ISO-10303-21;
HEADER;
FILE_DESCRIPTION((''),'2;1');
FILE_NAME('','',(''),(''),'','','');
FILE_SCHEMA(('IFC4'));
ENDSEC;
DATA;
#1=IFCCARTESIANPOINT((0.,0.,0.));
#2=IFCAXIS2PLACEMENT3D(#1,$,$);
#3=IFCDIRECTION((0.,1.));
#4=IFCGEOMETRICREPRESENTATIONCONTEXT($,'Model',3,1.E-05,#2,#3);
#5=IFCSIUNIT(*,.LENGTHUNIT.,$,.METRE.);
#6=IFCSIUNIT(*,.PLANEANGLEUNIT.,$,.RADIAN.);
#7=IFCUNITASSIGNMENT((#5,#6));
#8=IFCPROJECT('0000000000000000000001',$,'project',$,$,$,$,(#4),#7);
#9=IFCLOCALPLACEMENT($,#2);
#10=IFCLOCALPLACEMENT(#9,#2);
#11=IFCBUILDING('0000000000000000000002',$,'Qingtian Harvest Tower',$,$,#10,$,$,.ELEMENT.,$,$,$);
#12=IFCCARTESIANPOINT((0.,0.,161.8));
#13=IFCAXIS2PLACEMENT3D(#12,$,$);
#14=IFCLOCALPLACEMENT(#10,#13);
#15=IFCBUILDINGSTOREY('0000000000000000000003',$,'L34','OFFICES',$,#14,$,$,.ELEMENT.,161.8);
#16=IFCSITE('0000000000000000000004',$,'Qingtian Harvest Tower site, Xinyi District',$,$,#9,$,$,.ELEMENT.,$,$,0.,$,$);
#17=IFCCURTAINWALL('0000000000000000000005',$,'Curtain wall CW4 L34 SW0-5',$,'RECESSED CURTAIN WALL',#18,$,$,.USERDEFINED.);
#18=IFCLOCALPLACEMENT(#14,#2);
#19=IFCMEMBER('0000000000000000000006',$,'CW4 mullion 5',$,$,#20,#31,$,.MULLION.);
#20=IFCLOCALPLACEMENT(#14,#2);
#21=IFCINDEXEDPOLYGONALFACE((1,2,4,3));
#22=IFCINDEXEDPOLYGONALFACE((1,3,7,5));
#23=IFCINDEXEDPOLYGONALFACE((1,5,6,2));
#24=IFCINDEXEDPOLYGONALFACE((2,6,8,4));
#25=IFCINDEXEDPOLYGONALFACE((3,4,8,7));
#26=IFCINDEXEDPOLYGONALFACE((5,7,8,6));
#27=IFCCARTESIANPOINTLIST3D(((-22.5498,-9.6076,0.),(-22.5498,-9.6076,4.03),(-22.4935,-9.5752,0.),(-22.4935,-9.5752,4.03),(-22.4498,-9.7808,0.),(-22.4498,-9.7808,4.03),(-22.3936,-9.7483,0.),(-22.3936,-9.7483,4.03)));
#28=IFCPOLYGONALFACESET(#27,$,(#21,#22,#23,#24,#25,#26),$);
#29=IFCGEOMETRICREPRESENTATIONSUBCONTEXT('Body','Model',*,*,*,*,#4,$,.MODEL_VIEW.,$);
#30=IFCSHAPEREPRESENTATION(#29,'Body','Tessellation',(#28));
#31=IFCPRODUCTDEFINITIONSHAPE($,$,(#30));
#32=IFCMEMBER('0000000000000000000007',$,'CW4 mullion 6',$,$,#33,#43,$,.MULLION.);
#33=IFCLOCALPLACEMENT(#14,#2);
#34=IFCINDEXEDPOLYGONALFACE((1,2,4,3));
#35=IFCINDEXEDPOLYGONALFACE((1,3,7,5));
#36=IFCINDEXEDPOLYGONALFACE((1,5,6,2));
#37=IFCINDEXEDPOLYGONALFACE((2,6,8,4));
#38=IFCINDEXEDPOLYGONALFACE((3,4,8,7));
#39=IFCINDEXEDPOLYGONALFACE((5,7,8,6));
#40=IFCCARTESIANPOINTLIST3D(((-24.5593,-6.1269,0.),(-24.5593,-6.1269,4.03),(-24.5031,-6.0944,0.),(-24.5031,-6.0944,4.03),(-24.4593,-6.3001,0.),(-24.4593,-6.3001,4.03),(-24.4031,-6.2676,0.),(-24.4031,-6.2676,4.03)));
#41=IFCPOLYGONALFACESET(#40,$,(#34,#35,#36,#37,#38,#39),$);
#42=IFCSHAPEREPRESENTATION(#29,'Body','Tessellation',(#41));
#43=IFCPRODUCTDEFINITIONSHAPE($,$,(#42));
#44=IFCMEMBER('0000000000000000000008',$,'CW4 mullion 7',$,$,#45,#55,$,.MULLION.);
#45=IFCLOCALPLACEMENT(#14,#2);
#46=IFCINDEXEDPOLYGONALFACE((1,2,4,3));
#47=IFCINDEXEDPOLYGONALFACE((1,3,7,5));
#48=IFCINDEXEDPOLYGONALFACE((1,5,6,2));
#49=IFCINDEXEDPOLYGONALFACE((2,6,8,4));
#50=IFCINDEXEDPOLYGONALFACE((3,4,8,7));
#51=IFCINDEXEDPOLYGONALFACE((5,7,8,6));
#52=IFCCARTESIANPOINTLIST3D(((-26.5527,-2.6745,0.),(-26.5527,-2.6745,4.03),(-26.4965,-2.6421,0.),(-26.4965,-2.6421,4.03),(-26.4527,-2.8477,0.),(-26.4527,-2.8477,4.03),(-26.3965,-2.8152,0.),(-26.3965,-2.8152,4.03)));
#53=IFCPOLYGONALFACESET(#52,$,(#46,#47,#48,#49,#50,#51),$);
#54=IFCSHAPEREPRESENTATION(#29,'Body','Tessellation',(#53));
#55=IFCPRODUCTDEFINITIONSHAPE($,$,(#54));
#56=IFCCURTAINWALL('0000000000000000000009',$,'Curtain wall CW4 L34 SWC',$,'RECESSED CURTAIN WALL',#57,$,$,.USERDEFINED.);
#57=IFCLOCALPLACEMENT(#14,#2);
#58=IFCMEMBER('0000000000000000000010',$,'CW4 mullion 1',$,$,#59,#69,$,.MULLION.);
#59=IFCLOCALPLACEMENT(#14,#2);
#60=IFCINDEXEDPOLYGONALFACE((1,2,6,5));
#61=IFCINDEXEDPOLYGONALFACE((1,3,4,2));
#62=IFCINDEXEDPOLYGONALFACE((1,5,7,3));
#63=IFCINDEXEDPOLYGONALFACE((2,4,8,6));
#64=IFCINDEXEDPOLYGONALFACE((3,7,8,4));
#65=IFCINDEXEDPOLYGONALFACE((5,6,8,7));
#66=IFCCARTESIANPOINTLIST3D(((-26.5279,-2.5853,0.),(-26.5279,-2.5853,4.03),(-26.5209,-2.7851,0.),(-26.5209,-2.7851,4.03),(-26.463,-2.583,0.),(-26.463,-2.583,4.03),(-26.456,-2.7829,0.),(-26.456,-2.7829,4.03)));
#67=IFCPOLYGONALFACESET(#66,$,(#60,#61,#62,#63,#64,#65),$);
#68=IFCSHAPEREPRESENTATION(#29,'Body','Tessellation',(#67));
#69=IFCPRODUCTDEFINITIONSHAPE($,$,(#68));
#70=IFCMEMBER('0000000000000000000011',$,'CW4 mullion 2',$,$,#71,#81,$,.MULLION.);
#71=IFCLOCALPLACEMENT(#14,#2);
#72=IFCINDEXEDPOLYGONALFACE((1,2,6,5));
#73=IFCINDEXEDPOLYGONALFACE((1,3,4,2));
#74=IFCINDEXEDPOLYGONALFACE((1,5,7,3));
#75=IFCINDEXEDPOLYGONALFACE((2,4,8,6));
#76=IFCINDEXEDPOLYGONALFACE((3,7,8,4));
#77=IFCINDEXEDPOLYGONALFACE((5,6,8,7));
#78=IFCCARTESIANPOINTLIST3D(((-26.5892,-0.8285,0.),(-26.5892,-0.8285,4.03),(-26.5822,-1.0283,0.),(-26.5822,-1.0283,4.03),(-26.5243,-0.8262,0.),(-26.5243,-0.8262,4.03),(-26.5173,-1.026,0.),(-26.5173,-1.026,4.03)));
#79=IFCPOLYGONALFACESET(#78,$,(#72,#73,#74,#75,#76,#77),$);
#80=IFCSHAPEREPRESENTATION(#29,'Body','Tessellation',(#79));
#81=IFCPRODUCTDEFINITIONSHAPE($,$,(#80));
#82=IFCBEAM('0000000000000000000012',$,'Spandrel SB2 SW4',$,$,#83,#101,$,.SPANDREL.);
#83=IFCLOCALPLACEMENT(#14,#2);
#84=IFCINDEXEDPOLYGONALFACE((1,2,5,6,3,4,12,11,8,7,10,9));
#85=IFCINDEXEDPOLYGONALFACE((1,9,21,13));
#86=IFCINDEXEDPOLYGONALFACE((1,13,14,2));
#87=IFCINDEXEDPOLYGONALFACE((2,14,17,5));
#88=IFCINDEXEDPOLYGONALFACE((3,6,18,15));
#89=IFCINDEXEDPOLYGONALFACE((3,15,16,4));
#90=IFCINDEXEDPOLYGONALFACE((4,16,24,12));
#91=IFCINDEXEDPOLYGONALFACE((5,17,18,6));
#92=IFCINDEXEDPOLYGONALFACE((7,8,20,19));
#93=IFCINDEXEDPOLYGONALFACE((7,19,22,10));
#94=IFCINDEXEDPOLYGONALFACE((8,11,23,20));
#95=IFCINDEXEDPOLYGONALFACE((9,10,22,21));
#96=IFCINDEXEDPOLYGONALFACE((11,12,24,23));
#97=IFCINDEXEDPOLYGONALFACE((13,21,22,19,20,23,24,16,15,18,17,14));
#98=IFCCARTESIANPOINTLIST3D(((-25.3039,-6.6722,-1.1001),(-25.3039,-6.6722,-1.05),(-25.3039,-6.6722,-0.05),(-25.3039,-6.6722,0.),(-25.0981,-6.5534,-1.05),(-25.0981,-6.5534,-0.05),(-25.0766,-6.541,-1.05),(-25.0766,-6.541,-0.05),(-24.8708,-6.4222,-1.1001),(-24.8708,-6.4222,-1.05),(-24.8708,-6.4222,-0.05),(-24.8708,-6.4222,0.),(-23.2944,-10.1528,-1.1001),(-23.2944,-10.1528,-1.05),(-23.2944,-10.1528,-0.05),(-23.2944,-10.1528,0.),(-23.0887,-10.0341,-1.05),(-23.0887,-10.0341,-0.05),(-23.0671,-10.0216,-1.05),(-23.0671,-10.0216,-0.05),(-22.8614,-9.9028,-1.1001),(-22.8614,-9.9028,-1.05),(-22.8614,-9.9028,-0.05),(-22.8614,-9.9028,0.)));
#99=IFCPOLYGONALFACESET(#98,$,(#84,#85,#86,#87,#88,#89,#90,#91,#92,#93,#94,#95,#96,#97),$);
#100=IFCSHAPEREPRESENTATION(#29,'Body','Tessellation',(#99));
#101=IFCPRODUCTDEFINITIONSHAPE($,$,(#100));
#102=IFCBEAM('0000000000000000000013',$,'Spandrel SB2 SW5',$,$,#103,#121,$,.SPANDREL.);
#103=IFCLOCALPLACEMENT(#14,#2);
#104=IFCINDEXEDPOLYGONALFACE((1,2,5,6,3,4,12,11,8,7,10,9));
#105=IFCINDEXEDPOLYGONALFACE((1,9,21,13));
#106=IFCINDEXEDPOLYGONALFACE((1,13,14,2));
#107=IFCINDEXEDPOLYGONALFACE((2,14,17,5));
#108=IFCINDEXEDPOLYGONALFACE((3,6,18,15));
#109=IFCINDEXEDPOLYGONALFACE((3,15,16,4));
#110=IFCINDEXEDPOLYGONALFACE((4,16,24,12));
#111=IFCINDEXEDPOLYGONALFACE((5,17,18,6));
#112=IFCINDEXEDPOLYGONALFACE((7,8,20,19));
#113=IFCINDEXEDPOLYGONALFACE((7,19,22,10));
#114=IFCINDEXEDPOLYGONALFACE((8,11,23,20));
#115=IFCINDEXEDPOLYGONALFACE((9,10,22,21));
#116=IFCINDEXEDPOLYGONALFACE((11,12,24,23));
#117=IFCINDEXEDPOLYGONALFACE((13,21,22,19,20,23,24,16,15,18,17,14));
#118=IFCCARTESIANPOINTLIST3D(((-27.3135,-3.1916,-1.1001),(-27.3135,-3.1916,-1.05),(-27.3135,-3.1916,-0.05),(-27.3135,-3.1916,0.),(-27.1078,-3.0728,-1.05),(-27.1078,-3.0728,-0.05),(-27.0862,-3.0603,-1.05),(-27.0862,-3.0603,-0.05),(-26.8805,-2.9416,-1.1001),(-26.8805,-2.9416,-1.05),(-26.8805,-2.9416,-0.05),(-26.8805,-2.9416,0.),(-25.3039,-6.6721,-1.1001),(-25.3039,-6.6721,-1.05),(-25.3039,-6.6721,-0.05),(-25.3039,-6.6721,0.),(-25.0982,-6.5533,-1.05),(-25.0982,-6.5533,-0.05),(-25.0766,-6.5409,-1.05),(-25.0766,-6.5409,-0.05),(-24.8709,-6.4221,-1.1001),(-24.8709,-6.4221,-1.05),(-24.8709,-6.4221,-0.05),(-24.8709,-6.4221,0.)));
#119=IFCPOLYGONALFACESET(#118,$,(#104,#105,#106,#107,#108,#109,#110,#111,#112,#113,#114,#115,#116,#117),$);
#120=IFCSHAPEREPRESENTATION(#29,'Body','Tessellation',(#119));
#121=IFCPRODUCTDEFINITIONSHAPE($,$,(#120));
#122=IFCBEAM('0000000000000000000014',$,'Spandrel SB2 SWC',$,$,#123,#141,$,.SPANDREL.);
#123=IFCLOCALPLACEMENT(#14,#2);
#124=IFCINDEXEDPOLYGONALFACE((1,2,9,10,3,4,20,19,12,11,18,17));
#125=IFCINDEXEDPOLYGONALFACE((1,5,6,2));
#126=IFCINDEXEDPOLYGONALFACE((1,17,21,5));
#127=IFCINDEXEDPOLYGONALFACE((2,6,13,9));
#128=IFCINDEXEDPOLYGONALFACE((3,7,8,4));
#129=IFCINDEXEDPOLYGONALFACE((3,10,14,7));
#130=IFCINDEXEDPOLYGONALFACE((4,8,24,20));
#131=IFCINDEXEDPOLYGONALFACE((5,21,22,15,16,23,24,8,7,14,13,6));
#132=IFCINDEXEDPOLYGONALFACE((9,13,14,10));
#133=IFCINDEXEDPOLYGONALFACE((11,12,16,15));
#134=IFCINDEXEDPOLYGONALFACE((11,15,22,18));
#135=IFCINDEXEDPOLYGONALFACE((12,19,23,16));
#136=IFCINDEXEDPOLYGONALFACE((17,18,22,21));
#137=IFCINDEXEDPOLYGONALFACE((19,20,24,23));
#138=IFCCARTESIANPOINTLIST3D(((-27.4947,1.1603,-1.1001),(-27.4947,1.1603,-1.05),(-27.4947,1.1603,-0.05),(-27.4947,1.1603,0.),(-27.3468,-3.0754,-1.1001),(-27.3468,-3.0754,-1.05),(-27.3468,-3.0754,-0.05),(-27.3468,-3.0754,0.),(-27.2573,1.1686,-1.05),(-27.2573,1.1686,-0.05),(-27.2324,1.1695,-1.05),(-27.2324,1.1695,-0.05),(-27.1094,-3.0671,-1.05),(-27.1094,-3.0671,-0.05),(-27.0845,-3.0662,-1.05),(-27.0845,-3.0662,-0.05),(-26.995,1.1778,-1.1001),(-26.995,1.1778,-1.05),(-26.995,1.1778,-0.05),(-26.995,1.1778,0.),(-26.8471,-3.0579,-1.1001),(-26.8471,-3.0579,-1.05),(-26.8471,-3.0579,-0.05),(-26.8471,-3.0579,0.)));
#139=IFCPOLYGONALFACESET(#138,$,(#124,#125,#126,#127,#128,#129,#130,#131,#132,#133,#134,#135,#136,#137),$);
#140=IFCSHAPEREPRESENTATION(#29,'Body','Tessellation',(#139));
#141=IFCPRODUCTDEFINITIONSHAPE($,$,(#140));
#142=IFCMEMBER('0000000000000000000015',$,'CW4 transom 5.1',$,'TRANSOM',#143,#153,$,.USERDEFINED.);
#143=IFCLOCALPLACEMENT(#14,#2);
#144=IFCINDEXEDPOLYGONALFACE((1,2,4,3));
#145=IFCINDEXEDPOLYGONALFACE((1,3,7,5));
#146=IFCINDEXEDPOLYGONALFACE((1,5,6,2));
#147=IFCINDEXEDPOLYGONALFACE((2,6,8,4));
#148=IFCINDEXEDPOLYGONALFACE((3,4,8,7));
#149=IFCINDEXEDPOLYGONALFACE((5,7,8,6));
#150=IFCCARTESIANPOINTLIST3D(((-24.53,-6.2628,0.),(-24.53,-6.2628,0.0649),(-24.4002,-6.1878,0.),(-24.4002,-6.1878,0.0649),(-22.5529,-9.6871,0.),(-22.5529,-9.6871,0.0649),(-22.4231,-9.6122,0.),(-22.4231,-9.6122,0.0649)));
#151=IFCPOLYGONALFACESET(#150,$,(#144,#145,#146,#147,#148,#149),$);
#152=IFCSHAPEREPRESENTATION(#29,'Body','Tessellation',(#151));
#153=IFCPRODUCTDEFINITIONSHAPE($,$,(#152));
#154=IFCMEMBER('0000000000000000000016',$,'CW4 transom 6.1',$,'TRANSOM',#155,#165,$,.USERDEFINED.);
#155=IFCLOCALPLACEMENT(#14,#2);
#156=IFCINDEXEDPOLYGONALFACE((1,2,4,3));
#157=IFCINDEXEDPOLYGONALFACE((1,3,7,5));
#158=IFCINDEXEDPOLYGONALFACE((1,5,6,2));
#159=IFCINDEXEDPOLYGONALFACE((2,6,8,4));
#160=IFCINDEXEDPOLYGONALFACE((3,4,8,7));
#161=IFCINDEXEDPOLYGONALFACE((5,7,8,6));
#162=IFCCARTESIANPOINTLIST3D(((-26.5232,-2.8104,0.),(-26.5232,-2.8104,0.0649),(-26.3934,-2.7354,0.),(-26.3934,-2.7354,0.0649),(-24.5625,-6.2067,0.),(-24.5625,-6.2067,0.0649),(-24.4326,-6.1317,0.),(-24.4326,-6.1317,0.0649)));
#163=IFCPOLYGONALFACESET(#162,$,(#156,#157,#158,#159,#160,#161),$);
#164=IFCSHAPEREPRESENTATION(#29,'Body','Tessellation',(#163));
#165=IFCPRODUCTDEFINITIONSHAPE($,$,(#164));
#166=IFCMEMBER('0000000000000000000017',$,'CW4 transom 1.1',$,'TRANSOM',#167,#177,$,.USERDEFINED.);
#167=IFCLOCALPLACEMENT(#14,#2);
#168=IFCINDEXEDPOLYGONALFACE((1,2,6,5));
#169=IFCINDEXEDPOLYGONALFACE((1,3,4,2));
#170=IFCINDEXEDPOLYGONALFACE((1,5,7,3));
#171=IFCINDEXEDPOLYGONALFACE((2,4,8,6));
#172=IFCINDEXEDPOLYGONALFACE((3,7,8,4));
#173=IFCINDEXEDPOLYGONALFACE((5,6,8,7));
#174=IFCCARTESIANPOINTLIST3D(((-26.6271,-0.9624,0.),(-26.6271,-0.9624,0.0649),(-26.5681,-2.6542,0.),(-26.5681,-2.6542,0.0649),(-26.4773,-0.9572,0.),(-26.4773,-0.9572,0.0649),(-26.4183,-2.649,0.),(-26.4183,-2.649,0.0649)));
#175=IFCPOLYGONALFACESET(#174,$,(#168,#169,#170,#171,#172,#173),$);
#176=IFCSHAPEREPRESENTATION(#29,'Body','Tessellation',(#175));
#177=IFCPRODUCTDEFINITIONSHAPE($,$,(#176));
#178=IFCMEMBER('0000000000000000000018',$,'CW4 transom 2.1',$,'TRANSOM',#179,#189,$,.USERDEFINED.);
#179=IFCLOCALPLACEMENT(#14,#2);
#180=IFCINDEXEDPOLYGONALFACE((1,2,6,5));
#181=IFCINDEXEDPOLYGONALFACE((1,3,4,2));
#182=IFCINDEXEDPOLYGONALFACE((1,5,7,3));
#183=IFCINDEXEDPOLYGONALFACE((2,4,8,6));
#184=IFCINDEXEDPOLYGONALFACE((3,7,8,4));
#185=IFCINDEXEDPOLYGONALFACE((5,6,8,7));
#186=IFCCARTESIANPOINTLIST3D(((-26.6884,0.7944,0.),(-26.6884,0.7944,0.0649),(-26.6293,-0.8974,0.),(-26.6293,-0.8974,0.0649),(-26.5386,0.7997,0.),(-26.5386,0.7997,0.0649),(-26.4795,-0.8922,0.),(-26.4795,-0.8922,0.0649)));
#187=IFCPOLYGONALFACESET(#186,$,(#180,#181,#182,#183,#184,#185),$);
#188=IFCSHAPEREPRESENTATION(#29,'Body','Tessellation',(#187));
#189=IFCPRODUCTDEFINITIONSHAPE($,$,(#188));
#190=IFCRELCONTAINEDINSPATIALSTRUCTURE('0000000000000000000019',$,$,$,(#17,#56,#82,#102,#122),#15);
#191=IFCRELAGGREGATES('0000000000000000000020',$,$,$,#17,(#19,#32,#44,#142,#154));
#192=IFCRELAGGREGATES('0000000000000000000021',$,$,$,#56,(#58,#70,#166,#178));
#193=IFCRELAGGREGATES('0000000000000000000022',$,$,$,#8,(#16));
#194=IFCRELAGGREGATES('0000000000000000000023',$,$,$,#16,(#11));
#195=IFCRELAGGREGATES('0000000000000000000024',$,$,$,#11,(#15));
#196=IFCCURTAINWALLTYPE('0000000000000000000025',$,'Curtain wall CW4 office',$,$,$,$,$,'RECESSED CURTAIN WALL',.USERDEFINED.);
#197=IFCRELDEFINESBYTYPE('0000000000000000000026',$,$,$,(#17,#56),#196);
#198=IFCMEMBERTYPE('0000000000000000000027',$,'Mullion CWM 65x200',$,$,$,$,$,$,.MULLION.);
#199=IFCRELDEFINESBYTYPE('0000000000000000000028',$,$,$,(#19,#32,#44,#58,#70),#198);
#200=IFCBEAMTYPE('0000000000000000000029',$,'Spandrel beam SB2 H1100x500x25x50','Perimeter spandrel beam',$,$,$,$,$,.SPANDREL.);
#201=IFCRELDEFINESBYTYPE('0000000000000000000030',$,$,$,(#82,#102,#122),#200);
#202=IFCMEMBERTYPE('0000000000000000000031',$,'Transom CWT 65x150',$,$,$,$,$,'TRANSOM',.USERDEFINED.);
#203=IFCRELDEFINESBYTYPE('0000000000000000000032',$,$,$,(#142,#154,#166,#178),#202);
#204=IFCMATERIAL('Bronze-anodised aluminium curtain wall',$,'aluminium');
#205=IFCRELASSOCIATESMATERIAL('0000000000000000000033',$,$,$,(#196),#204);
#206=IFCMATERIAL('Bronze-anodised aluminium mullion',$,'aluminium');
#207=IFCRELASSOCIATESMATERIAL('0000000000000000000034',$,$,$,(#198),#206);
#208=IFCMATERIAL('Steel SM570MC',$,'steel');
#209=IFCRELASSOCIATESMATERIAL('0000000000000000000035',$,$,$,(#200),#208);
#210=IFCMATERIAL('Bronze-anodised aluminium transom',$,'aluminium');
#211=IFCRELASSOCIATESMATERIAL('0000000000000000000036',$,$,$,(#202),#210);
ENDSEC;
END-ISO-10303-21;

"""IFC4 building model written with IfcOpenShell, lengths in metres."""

from ifc_helpers import new_model, si_unit, direction, frame, origin, origin_2d, place, context, subcontext, project, spatial, rectangle, i_section, extrude, material, material_profile, profile_set, type_object, element, aggregate, save


model = new_model("IFC4")

# Units and contexts
model_context = context("Model", 3, precision=1e-05, world=origin(), true_north=direction((0.0, 1.0)))
body_context = subcontext(model_context, "Body", "Model", "MODEL_VIEW")
ifc_project = project(units=[si_unit("LENGTHUNIT", "METRE"), si_unit("PLANEANGLEUNIT", "RADIAN")], contexts=[model_context])

# Site, building, storey
site_placement = place(None, origin())
site = spatial("IfcSite", under=ifc_project, at=site_placement, Name="Qingtian Harvest Tower site, Xinyi District", CompositionType="ELEMENT", RefElevation=0.0)
building_placement = place(site_placement, origin())
building = spatial("IfcBuilding", under=site, at=building_placement, Name="Qingtian Harvest Tower", CompositionType="ELEMENT")
storey_placement = place(building_placement, frame((0.0, 0.0, 161.8)))
storey = spatial("IfcBuildingStorey", under=building, at=storey_placement, Name="L34", Description="OFFICES", CompositionType="ELEMENT", Elevation=161.8)

# Curtain walls, members
ifc_material_1 = material(Name="Bronze-anodised aluminium curtain wall", Category="aluminium")
curtain_wall_type = type_object("IfcCurtainWallType", Name="Curtain wall CW4 office", ElementType="RECESSED CURTAIN WALL", PredefinedType="USERDEFINED", material=ifc_material_1)
curtain_wall_1_placement = place(storey_placement, origin())
curtain_wall_1 = element("IfcCurtainWall", 1, at=curtain_wall_1_placement, inside=storey, type_object=curtain_wall_type, Name="Curtain wall CW4 L34 SW0-5", ObjectType="RECESSED CURTAIN WALL", PredefinedType="USERDEFINED")
ifc_material_2 = material(Name="Bronze-anodised aluminium mullion", Category="aluminium")
ifc_material_profile_1 = material_profile(ifc_material_2, rectangle(XDim=0.0649, YDim=0.2, at=origin_2d()), Name="AL 65x200")
ifc_profile_set_1 = profile_set([ifc_material_profile_1], Name="Bronze-anodised aluminium mullion")
member_type_1 = type_object("IfcMemberType", Name="Mullion CWM 65x200", PredefinedType="MULLION", material=ifc_profile_set_1)
member_1_placement = place(storey_placement, frame((-22.4717, -9.678, 0.0), z_axis=(0.0, 0.0, 1.0), x_axis=(-0.866025, -0.5, 0.0)))
member_1 = element("IfcMember", 2, at=member_1_placement, type_object=member_type_1, Name="CW4 mullion 5", PredefinedType="MULLION", context=body_context, shape_type="SweptSolid", body=[
    extrude(rectangle(XDim=0.0649, YDim=0.2, at=origin_2d()), origin(), (0.0, 0.0, 1.0), 4.03),
])
member_2_placement = place(storey_placement, frame((-24.4812, -6.1973, 0.0), z_axis=(0.0, 0.0, 1.0), x_axis=(-0.866025, -0.5, 0.0)))
member_2 = element("IfcMember", 3, at=member_2_placement, type_object=member_type_1, Name="CW4 mullion 6", PredefinedType="MULLION", context=body_context, shape_type="SweptSolid", body=[
    extrude(rectangle(XDim=0.0649, YDim=0.2, at=origin_2d()), origin(), (0.0, 0.0, 1.0), 4.03),
])
member_3_placement = place(storey_placement, frame((-26.4746, -2.7449, 0.0), z_axis=(0.0, 0.0, 1.0), x_axis=(-0.866025, -0.5, 0.0)))
member_3 = element("IfcMember", 4, at=member_3_placement, type_object=member_type_1, Name="CW4 mullion 7", PredefinedType="MULLION", context=body_context, shape_type="SweptSolid", body=[
    extrude(rectangle(XDim=0.0649, YDim=0.2, at=origin_2d()), origin(), (0.0, 0.0, 1.0), 4.03),
])
curtain_wall_2_placement = place(storey_placement, origin())
curtain_wall_2 = element("IfcCurtainWall", 5, at=curtain_wall_2_placement, inside=storey, type_object=curtain_wall_type, Name="Curtain wall CW4 L34 SWC", ObjectType="RECESSED CURTAIN WALL", PredefinedType="USERDEFINED")
member_4_placement = place(storey_placement, frame((-26.4919, -2.6841, 0.0), z_axis=(0.0, 0.0, 1.0), x_axis=(-0.999391, -0.034899, 0.0)))
member_4 = element("IfcMember", 6, at=member_4_placement, type_object=member_type_1, Name="CW4 mullion 1", PredefinedType="MULLION", context=body_context, shape_type="SweptSolid", body=[
    extrude(rectangle(XDim=0.0649, YDim=0.2, at=origin_2d()), origin(), (0.0, 0.0, 1.0), 4.03),
])
member_5_placement = place(storey_placement, frame((-26.5532, -0.9272, 0.0), z_axis=(0.0, 0.0, 1.0), x_axis=(-0.999391, -0.034899, 0.0)))
member_5 = element("IfcMember", 7, at=member_5_placement, type_object=member_type_1, Name="CW4 mullion 2", PredefinedType="MULLION", context=body_context, shape_type="SweptSolid", body=[
    extrude(rectangle(XDim=0.0649, YDim=0.2, at=origin_2d()), origin(), (0.0, 0.0, 1.0), 4.03),
])

# Beams
ifc_material_3 = material(Name="Steel SM570MC", Category="steel")
ifc_material_profile_2 = material_profile(ifc_material_3, i_section(OverallWidth=0.5, OverallDepth=1.1001, WebThickness=0.0249, FlangeThickness=0.05, at=origin_2d()), Name="H1100x500x25x50")
ifc_profile_set_2 = profile_set([ifc_material_profile_2], Name="Steel SM570MC")
beam_type_1 = type_object("IfcBeamType", Name="Spandrel beam SB2 H1100x500x25x50", Description="Perimeter spandrel beam", PredefinedType="SPANDREL", material=ifc_profile_set_2)
for number, where, z_axis, x_axis, name in (
    (8, (-23.0779, -10.0278, -0.55), (-0.499987, 0.866033, 0.0), (-0.866033, -0.499987, 0.0), "Spandrel SB2 SW4"),
    (9, (-25.0874, -6.5471, -0.55), (-0.500013, 0.866018, 0.0), (-0.866018, -0.500013, 0.0), "Spandrel SB2 SW5"),
):
    element("IfcBeam", number, at=place(storey_placement, frame(where, z_axis=z_axis, x_axis=x_axis)), inside=storey, type_object=beam_type_1, Name=name, PredefinedType="SPANDREL", context=body_context, shape_type="SweptSolid", body=[
        extrude(i_section(OverallWidth=0.5, OverallDepth=1.1001, WebThickness=0.0249, FlangeThickness=0.05, at=origin_2d()), origin(), (0.0, 0.0, 1.0), 4.019),
    ])
beam_1_placement = place(storey_placement, frame((-27.0969, -3.0667, -0.55), z_axis=(-0.034909, 0.999391, 0.0), x_axis=(-0.999391, -0.034909, 0.0)))
element("IfcBeam", 10, at=beam_1_placement, inside=storey, type_object=beam_type_1, Name="Spandrel SB2 SWC", PredefinedType="SPANDREL", context=body_context, shape_type="SweptSolid", body=[
    extrude(i_section(OverallWidth=0.5, OverallDepth=1.1001, WebThickness=0.0249, FlangeThickness=0.05, at=origin_2d()), origin(), (0.0, 0.0, 1.0), 4.2383),
])

# Members
ifc_material_4 = material(Name="Bronze-anodised aluminium transom", Category="aluminium")
ifc_material_profile_3 = material_profile(ifc_material_4, rectangle(XDim=0.1499, YDim=0.0649, at=origin_2d()), Name="AL 65x150")
ifc_profile_set_3 = profile_set([ifc_material_profile_3], Name="Bronze-anodised aluminium transom")
member_type_2 = type_object("IfcMemberType", Name="Transom CWT 65x150", ElementType="TRANSOM", PredefinedType="USERDEFINED", material=ifc_profile_set_3)
member_6_placement = place(storey_placement, frame((-22.488, -9.6497, 0.0325), z_axis=(-0.500004, 0.866023, 0.0), x_axis=(-0.866023, -0.500004, 0.0)))
member_6 = element("IfcMember", 11, at=member_6_placement, type_object=member_type_2, Name="CW4 transom 5.1", ObjectType="TRANSOM", PredefinedType="USERDEFINED", context=body_context, shape_type="SweptSolid", body=[
    extrude(rectangle(XDim=0.1499, YDim=0.0649, at=origin_2d()), origin(), (0.0, 0.0, 1.0), 3.9541),
])
member_7_placement = place(storey_placement, frame((-24.4976, -6.1692, 0.0325), z_axis=(-0.499976, 0.866039, 0.0), x_axis=(-0.866039, -0.499976, 0.0)))
member_7 = element("IfcMember", 12, at=member_7_placement, type_object=member_type_2, Name="CW4 transom 6.1", ObjectType="TRANSOM", PredefinedType="USERDEFINED", context=body_context, shape_type="SweptSolid", body=[
    extrude(rectangle(XDim=0.1499, YDim=0.0649, at=origin_2d()), origin(), (0.0, 0.0, 1.0), 3.9216),
])
member_8_placement = place(storey_placement, frame((-26.4932, -2.6516, 0.0325), z_axis=(-0.034899, 0.999391, 0.0), x_axis=(-0.999391, -0.034899, 0.0)))
member_8 = element("IfcMember", 13, at=member_8_placement, type_object=member_type_2, Name="CW4 transom 1.1", ObjectType="TRANSOM", PredefinedType="USERDEFINED", context=body_context, shape_type="SweptSolid", body=[
    extrude(rectangle(XDim=0.1499, YDim=0.0649, at=origin_2d()), origin(), (0.0, 0.0, 1.0), 1.6929),
])
member_9_placement = place(storey_placement, frame((-26.5544, -0.8948, 0.0325), z_axis=(-0.034899, 0.999391, 0.0), x_axis=(-0.999391, -0.034899, 0.0)))
member_9 = element("IfcMember", 14, at=member_9_placement, type_object=member_type_2, Name="CW4 transom 2.1", ObjectType="TRANSOM", PredefinedType="USERDEFINED", context=body_context, shape_type="SweptSolid", body=[
    extrude(rectangle(XDim=0.1499, YDim=0.0649, at=origin_2d()), origin(), (0.0, 0.0, 1.0), 1.6929),
])

aggregate(curtain_wall_1, [member_1, member_2, member_3, member_6, member_7])
aggregate(curtain_wall_2, [member_4, member_5, member_8, member_9])

save(model, "model.ifc")
